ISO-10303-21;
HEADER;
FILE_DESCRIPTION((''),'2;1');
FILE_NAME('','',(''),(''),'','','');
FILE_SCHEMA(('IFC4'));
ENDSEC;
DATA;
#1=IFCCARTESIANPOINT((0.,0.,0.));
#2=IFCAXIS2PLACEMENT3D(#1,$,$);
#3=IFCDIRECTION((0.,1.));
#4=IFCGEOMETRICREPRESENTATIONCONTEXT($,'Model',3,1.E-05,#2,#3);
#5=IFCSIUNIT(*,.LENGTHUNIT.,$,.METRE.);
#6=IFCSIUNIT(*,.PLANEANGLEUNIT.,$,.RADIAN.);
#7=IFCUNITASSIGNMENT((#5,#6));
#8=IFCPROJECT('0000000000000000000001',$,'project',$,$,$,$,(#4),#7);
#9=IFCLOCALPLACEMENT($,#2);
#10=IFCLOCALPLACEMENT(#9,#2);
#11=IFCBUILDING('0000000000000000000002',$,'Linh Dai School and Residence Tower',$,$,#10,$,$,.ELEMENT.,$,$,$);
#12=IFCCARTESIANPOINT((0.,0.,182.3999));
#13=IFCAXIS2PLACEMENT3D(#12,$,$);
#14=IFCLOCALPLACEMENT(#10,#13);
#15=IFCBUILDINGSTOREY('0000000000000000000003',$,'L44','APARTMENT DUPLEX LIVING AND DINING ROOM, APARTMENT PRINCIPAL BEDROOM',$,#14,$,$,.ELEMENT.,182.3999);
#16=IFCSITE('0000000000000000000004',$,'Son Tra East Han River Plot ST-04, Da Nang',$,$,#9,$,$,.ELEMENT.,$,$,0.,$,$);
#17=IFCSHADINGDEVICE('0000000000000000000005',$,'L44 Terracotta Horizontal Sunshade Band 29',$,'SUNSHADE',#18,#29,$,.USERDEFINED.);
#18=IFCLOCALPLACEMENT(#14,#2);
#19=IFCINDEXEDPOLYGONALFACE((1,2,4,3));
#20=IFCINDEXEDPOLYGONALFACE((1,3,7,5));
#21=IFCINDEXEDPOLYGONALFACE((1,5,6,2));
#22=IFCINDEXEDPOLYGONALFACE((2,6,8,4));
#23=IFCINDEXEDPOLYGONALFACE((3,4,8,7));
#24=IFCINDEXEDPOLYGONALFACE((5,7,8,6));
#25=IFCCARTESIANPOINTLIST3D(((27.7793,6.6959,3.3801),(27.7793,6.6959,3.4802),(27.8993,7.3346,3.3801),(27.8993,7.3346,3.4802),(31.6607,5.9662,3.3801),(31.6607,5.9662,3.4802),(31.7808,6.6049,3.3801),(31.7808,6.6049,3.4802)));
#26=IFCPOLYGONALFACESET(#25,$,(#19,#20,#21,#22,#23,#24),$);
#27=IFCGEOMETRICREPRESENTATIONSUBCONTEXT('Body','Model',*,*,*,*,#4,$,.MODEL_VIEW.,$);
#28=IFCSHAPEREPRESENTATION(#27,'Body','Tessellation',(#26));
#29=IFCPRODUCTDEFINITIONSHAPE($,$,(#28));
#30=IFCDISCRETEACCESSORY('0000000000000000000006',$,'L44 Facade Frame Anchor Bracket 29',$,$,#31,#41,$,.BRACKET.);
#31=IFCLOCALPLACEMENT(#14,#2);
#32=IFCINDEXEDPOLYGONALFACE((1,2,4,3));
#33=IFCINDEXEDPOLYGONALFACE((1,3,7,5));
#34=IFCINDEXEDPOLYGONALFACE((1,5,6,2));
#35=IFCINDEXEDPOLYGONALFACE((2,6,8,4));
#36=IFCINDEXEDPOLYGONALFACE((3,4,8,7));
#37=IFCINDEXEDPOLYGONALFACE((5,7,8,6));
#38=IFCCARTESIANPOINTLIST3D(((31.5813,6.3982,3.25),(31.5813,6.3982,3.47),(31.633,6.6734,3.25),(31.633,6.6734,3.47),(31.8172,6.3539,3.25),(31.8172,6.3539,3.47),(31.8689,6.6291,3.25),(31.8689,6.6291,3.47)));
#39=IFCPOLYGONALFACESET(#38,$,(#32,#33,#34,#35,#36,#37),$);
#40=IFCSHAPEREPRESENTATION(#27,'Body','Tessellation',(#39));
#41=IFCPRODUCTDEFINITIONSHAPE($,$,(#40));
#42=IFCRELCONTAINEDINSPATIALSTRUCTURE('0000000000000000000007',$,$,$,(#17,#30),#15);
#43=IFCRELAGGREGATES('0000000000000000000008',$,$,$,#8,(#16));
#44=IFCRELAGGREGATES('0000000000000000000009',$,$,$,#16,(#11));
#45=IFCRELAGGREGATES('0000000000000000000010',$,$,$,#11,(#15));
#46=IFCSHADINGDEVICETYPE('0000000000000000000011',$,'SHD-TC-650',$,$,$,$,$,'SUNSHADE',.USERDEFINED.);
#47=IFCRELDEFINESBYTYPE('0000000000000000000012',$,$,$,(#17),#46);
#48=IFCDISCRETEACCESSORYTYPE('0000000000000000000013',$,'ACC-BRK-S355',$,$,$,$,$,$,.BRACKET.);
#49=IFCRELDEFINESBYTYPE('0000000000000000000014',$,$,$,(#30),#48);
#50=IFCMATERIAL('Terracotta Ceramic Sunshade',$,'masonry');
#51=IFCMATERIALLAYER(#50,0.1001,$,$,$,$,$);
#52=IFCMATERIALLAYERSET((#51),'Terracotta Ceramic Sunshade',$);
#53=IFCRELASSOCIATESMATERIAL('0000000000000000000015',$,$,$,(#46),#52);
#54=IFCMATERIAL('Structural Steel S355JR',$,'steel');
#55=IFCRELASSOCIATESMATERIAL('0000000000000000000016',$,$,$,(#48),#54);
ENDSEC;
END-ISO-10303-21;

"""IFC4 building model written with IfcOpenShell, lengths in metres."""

from ifc_helpers import new_model, si_unit, direction, frame, origin, origin_2d, place, context, subcontext, project, spatial, rectangle, extrude, source, transform, mapped, material, layer, layer_set, type_object, element, save


model = new_model("IFC4")

# Units and contexts
model_context = context("Model", 3, precision=1e-05, world=origin(), true_north=direction((0.0, 1.0)))
body_context = subcontext(model_context, "Body", "Model", "MODEL_VIEW")
ifc_project = project(units=[si_unit("LENGTHUNIT", "METRE"), si_unit("PLANEANGLEUNIT", "RADIAN")], contexts=[model_context])

# Site, building, storey
site_placement = place(None, origin())
site = spatial("IfcSite", under=ifc_project, at=site_placement, Name="Son Tra East Han River Plot ST-04, Da Nang", CompositionType="ELEMENT", RefElevation=0.0)
building_placement = place(site_placement, origin())
building = spatial("IfcBuilding", under=site, at=building_placement, Name="Linh Dai School and Residence Tower", CompositionType="ELEMENT")
storey_placement = place(building_placement, frame((0.0, 0.0, 182.3999)))
storey = spatial("IfcBuildingStorey", under=building, at=storey_placement, Name="L44", Description="APARTMENT DUPLEX LIVING AND DINING ROOM, APARTMENT PRINCIPAL BEDROOM", CompositionType="ELEMENT", Elevation=182.3999)

# Shared definitions
ifc_material_1 = material(Name="Structural Steel S355JR", Category="steel")

# Shading device
ifc_material_2 = material(Name="Terracotta Ceramic Sunshade", Category="masonry")
ifc_layer_1 = layer(ifc_material_2, 0.1001)
ifc_layer_set_1 = layer_set([ifc_layer_1], Name="Terracotta Ceramic Sunshade")
shading_device_type = type_object("IfcShadingDeviceType", Name="SHD-TC-650", ElementType="SUNSHADE", PredefinedType="USERDEFINED", material=ifc_layer_set_1)
shared_shape_1 = source(origin(), body_context, "Body", "SweptSolid", [
    extrude(rectangle(XDim=3.9495, YDim=0.6499, at=origin_2d()), origin(), (0.0, 0.0, 1.0), 0.1001),
])
shading_device_placement = place(storey_placement, frame((29.78, 6.6504, 3.3801), z_axis=(0.0, 0.0, 1.0), x_axis=(-0.982783, 0.184763, 0.0)))
element("IfcShadingDevice", 1, at=shading_device_placement, inside=storey, type_object=shading_device_type, Name="L44 Terracotta Horizontal Sunshade Band 29", ObjectType="SUNSHADE", PredefinedType="USERDEFINED", context=body_context, shape_type="MappedRepresentation", body=[
    mapped(shared_shape_1, transform((0.0, 0.0, 0.0), x_axis=(1.0, 0.0, 0.0), y_axis=(0.0, 1.0, 0.0), z_axis=(0.0, 0.0, 1.0), scale=1.0)),
])

# Discrete accessory
discrete_accessory_type = type_object("IfcDiscreteAccessoryType", Name="ACC-BRK-S355", PredefinedType="BRACKET", material=ifc_material_1)
shared_shape_2 = source(origin(), body_context, "Body", "SweptSolid", [
    extrude(rectangle(XDim=0.28, YDim=0.24, at=origin_2d()), origin(), (0.0, 0.0, 1.0), 0.22),
])
discrete_accessory_placement = place(storey_placement, frame((31.7251, 6.5137, 3.25), z_axis=(0.0, 0.0, 1.0), x_axis=(-0.184763, -0.982783, 0.0)))
element("IfcDiscreteAccessory", 2, at=discrete_accessory_placement, inside=storey, type_object=discrete_accessory_type, Name="L44 Facade Frame Anchor Bracket 29", PredefinedType="BRACKET", context=body_context, shape_type="MappedRepresentation", body=[
    mapped(shared_shape_2, transform((0.0, 0.0, 0.0), x_axis=(1.0, 0.0, 0.0), y_axis=(0.0, 1.0, 0.0), z_axis=(0.0, 0.0, 1.0), scale=1.0)),
])

save(model, "model.ifc")
